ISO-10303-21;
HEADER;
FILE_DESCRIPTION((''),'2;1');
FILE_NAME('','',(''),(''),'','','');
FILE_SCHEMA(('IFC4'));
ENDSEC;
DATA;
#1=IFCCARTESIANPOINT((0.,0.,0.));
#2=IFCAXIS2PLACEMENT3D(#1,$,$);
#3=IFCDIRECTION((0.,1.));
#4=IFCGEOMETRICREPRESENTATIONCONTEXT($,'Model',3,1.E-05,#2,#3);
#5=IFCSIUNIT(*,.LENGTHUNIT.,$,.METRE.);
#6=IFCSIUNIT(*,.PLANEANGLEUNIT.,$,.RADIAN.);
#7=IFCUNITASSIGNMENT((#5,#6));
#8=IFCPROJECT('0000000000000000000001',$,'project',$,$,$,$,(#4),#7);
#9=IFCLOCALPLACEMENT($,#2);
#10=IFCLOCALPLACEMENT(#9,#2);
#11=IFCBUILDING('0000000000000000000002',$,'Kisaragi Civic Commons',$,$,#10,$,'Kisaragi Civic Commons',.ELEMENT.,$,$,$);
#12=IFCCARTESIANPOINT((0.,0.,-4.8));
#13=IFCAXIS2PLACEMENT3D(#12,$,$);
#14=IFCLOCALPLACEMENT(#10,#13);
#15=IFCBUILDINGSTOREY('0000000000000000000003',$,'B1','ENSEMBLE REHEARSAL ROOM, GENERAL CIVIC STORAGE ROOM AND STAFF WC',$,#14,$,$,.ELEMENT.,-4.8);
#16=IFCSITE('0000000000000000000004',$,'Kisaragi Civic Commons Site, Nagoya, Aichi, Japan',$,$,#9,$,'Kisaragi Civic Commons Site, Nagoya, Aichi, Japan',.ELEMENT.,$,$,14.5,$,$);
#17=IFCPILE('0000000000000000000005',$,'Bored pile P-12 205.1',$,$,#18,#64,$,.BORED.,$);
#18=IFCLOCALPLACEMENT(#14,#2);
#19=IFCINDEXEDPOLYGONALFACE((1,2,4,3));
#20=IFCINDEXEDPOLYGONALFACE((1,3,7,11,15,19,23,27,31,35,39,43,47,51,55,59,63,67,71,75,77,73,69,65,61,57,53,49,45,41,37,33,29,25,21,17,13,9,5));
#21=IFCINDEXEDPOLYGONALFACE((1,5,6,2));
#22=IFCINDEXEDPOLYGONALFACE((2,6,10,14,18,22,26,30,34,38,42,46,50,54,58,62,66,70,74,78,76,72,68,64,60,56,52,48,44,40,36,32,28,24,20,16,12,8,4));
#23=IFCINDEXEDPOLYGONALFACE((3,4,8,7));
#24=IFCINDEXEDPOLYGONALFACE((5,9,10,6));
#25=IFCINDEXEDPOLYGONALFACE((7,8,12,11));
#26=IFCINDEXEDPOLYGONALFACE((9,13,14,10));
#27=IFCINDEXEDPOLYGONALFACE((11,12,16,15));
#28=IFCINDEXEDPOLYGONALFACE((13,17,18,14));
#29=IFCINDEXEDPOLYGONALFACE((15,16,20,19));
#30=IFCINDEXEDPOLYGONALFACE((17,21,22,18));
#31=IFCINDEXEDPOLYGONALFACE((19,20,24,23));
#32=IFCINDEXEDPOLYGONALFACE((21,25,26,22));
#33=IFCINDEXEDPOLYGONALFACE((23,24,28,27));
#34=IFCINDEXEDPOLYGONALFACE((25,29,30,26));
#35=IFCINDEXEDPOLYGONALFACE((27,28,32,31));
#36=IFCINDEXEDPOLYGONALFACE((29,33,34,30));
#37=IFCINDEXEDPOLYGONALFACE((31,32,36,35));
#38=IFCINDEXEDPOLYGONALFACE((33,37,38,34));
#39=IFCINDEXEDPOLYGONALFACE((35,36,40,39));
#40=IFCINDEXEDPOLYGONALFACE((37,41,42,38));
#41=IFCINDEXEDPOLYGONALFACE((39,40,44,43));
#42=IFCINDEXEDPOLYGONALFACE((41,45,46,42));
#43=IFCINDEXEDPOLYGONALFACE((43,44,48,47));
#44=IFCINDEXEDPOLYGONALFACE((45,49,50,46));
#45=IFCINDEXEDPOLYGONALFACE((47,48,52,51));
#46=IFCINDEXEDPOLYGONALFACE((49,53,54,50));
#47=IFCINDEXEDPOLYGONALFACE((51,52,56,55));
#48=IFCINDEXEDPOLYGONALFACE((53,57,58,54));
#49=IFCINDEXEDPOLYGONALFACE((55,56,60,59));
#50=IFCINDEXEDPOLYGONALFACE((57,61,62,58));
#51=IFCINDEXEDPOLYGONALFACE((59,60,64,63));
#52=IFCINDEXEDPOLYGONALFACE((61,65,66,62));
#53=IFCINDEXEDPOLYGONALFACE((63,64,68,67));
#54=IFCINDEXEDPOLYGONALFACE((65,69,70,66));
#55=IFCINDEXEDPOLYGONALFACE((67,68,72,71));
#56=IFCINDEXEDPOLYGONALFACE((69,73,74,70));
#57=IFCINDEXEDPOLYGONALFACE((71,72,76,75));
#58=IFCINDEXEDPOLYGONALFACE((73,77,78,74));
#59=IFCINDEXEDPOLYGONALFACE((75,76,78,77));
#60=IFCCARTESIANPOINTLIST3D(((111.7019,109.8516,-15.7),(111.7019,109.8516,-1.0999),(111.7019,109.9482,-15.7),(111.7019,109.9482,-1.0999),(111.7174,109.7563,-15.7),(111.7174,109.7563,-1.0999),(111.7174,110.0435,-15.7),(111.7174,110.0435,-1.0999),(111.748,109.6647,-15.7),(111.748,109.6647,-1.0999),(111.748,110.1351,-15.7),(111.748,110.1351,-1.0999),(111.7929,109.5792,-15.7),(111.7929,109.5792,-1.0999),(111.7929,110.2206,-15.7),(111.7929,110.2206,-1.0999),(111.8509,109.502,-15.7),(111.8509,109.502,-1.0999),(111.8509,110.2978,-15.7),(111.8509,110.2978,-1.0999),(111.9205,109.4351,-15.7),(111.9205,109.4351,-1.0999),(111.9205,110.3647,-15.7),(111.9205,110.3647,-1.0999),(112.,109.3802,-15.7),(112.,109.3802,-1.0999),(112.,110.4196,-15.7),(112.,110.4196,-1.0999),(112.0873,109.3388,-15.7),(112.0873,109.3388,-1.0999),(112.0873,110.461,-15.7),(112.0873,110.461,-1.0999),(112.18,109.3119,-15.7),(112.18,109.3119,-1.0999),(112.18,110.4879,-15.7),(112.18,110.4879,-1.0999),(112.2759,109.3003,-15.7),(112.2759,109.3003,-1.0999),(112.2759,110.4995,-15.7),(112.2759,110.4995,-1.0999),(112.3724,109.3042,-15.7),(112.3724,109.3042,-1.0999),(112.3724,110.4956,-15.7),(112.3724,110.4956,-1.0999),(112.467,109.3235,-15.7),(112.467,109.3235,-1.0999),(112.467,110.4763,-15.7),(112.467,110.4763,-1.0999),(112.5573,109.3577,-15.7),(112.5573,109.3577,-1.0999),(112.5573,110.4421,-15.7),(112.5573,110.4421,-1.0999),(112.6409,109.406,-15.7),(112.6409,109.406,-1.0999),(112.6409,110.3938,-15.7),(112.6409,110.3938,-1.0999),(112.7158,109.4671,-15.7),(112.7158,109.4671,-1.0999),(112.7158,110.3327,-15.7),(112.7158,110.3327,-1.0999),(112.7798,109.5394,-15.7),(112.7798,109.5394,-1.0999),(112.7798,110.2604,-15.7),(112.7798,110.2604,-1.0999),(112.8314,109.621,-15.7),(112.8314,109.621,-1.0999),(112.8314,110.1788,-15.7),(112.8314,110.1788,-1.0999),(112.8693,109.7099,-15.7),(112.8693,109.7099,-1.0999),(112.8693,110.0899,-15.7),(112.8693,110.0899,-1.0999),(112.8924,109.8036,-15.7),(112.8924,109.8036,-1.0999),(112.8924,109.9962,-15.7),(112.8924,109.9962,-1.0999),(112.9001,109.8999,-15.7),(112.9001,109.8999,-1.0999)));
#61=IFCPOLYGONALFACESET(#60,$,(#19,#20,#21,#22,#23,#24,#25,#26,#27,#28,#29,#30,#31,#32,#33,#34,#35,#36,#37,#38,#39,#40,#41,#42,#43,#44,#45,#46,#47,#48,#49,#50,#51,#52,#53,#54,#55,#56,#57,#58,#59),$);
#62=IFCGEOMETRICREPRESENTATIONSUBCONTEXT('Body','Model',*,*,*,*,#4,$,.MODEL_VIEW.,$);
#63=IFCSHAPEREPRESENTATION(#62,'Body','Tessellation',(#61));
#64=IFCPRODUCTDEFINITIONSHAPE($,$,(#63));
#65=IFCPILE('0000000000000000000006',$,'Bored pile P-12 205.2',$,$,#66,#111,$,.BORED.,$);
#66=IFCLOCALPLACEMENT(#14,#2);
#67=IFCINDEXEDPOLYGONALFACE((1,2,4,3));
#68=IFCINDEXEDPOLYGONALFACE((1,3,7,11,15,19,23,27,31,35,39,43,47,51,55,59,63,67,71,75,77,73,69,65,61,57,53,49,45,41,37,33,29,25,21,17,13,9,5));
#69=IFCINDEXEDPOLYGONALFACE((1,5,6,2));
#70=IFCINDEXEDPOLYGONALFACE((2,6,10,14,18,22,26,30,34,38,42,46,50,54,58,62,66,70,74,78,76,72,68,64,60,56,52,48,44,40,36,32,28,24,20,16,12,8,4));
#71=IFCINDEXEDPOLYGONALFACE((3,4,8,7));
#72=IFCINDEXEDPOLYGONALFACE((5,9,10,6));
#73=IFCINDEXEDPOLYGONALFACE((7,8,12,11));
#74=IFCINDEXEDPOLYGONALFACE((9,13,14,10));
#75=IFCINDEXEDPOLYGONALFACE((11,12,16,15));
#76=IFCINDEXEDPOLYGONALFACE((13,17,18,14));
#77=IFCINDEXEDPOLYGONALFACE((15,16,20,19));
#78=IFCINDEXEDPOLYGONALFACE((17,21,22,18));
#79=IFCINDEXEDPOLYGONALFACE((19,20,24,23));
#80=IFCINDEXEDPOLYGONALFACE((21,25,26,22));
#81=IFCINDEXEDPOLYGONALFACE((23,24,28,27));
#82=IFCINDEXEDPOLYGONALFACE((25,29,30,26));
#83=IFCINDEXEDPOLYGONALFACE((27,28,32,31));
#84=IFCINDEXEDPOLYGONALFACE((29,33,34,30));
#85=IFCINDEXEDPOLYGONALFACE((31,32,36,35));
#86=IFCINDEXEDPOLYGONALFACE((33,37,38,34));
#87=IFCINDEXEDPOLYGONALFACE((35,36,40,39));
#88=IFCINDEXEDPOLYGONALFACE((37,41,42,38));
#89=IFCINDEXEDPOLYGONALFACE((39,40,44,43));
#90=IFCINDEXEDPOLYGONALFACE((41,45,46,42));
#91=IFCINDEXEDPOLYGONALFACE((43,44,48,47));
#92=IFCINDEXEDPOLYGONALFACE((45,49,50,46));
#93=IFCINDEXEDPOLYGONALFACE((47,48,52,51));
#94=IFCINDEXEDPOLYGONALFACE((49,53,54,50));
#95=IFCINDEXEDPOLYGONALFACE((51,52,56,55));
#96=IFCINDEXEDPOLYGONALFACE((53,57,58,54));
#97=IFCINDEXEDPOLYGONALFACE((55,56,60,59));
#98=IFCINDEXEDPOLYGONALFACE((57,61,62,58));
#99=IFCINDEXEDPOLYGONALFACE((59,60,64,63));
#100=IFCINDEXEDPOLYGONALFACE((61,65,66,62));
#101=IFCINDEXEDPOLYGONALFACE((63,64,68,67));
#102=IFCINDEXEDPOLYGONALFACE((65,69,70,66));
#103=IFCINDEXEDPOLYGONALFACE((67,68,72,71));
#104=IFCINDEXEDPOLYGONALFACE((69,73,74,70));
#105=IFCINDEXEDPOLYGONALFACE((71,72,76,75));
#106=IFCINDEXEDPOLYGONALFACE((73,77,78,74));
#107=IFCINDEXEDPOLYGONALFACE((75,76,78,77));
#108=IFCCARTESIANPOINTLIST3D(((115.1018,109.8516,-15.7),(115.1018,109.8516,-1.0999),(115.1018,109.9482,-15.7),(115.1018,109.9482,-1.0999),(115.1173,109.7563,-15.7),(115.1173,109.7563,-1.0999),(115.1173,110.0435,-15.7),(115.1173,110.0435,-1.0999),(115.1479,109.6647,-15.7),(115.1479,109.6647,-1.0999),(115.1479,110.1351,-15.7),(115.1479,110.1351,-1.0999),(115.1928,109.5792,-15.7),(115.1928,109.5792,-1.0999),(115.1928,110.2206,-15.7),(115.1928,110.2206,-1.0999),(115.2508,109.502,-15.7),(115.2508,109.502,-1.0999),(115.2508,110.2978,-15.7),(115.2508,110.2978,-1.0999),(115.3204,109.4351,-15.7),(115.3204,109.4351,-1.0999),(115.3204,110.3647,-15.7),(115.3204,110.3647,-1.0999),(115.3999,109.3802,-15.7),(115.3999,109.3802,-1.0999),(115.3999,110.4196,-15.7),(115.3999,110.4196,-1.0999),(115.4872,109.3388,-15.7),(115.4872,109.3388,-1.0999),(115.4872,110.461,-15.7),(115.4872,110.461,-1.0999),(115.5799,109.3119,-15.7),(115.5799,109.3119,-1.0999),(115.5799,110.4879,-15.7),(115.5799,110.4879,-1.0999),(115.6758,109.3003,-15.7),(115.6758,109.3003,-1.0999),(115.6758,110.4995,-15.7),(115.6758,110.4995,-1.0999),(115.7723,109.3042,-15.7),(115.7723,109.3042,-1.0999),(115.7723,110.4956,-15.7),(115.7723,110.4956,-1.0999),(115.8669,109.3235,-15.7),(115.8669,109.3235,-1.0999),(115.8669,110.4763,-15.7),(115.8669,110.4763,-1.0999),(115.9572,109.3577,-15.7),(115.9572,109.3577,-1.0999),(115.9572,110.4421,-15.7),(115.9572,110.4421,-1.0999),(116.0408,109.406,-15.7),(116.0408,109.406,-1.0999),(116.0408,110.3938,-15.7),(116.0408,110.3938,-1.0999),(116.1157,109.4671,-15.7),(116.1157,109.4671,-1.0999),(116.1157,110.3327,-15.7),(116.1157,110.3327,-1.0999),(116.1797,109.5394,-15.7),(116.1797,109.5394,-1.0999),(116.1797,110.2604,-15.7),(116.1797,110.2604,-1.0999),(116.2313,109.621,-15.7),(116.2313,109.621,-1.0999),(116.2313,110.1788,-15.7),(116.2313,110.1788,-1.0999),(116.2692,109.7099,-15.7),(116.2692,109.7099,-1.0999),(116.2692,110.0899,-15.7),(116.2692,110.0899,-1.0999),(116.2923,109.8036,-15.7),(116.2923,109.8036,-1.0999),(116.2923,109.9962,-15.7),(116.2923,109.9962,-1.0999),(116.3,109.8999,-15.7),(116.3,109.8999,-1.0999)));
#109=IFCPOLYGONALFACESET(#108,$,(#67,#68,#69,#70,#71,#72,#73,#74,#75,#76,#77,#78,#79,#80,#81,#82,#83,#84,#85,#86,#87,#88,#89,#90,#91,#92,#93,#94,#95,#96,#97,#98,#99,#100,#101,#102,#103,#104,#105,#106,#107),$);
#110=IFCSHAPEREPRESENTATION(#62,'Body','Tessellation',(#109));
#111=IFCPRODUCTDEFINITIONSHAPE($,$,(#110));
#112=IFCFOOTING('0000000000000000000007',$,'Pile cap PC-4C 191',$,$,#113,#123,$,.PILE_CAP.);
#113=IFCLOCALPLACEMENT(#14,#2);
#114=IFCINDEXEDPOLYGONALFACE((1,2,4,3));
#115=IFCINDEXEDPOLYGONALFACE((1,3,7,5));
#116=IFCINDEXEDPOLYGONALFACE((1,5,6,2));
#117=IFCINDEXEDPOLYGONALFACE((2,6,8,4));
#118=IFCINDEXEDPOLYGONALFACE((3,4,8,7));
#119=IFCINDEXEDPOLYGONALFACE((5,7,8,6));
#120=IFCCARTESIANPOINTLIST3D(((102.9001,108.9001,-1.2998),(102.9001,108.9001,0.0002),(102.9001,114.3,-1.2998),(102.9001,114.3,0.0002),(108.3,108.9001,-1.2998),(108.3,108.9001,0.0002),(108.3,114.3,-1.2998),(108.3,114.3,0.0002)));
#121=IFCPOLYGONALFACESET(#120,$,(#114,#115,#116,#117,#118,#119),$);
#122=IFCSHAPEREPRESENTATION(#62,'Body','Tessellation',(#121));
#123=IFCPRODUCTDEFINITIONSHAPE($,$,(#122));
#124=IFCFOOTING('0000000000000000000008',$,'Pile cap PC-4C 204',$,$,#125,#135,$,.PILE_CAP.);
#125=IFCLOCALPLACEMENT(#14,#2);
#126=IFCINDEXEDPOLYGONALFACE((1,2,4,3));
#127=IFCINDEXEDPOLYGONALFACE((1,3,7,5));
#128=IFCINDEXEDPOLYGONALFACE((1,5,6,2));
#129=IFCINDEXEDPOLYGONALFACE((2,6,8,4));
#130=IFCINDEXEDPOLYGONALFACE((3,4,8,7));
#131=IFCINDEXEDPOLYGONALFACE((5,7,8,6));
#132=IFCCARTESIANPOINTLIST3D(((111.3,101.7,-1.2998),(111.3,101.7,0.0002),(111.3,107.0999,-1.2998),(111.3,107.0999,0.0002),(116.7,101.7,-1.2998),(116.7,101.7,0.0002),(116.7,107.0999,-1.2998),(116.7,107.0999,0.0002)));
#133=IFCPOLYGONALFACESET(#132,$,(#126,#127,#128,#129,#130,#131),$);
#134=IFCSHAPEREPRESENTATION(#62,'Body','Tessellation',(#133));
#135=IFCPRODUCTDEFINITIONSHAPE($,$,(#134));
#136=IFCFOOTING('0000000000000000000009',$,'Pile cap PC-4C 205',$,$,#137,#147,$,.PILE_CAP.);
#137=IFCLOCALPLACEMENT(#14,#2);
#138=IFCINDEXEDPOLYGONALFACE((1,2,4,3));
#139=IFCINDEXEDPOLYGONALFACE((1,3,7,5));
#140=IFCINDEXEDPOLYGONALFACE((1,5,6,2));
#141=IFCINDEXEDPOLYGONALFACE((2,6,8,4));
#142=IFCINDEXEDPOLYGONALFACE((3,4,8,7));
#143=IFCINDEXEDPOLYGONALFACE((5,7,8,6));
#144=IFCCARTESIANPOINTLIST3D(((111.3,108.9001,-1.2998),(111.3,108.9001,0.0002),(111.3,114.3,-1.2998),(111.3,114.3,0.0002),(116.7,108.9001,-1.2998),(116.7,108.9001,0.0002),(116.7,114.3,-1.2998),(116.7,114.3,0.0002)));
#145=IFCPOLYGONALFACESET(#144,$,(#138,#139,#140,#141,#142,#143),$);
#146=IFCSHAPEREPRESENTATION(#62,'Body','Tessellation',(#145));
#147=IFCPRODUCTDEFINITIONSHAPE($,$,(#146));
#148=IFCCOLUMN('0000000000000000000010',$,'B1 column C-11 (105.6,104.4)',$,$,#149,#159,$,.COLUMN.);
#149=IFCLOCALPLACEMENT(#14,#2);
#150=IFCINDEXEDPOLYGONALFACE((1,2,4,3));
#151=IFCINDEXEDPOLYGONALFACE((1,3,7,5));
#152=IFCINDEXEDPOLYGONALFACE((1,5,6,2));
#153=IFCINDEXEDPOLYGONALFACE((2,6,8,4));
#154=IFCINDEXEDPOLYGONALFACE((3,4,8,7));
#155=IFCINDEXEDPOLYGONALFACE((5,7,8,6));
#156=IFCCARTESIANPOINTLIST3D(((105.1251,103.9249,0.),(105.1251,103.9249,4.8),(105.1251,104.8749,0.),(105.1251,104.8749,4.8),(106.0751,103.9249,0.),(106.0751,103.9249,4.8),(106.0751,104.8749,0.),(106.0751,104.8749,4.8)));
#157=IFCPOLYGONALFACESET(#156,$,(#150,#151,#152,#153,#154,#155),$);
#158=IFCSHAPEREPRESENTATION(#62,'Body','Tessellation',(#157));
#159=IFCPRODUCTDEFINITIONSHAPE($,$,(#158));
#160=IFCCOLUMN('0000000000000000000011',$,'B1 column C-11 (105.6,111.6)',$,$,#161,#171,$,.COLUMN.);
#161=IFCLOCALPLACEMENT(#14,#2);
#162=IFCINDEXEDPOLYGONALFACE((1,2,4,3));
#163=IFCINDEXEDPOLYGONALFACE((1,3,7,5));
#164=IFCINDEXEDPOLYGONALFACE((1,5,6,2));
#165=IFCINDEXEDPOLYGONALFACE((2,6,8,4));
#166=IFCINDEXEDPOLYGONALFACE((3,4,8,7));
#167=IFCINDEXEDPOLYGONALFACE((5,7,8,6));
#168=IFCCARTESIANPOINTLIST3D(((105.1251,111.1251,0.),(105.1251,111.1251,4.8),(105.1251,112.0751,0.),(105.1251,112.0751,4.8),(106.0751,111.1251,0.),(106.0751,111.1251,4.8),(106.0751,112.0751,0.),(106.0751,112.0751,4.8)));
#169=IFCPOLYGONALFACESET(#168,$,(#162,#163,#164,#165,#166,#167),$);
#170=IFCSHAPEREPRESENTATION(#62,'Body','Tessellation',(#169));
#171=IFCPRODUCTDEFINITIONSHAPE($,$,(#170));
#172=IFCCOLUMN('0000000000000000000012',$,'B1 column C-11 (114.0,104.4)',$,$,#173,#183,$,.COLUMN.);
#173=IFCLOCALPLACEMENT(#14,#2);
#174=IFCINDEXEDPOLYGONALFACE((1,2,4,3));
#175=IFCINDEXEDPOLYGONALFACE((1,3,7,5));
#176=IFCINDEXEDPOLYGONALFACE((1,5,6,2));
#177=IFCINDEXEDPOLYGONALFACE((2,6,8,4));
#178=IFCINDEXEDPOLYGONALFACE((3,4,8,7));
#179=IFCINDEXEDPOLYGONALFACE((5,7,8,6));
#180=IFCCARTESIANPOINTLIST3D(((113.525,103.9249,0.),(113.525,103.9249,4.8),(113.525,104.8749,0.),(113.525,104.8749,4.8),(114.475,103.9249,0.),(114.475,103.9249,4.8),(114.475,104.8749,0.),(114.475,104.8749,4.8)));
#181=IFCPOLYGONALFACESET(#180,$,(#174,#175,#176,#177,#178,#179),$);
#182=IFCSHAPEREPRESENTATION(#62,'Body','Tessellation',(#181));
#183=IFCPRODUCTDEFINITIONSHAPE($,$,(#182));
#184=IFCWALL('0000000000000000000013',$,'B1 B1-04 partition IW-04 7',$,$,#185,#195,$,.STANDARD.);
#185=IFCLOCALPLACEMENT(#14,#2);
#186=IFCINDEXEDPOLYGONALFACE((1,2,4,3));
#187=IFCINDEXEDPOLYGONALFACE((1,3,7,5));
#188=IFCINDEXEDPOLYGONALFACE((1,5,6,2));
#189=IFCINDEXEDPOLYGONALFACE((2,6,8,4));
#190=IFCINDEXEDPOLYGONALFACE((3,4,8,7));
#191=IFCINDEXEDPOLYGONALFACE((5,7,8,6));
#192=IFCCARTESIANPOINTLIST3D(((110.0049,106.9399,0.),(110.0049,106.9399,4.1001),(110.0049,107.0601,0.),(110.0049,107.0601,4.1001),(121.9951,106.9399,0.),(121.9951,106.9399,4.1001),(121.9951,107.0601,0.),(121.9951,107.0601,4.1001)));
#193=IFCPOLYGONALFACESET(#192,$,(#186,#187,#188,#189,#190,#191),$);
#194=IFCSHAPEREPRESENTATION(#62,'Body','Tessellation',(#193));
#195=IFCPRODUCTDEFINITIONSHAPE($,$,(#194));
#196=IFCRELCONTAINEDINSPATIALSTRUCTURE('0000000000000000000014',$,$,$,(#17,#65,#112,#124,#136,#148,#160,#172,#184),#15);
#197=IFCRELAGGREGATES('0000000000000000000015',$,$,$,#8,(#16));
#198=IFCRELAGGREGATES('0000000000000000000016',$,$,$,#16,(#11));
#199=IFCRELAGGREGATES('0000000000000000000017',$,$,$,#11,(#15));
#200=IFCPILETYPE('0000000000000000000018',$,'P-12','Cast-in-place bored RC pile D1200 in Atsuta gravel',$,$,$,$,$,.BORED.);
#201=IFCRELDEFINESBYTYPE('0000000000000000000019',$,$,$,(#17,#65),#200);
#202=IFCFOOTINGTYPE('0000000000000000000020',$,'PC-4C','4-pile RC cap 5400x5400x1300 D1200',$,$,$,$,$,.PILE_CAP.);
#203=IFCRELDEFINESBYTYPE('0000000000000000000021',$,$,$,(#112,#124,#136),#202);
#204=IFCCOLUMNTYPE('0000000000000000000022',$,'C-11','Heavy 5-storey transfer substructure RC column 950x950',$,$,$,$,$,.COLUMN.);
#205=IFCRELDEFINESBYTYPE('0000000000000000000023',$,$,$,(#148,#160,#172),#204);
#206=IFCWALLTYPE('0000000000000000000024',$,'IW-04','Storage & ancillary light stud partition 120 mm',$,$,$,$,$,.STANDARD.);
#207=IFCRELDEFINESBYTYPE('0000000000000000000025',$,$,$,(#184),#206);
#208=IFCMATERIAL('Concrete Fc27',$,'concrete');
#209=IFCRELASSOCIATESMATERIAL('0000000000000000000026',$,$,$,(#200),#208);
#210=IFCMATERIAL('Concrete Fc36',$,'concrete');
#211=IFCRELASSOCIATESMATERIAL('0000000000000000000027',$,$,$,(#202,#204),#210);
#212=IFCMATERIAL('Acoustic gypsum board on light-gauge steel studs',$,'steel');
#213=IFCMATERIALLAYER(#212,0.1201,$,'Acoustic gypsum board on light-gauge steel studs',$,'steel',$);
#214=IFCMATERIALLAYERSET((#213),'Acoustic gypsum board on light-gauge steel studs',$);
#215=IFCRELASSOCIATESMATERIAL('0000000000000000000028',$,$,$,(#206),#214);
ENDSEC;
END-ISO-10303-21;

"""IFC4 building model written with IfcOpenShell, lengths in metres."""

from ifc_helpers import new_model, si_unit, direction, frame, frame_2d, origin, origin_2d, place, context, subcontext, project, spatial, rectangle, circle, extrude, material, layer, layer_set, material_profile, profile_set, type_object, element, save


model = new_model("IFC4")

# Units and contexts
model_context = context("Model", 3, precision=1e-05, world=origin(), true_north=direction((0.0, 1.0)))
body_context = subcontext(model_context, "Body", "Model", "MODEL_VIEW")
ifc_project = project(units=[si_unit("LENGTHUNIT", "METRE"), si_unit("PLANEANGLEUNIT", "RADIAN")], contexts=[model_context])

# Site, building, storey
site_placement = place(None, origin())
site = spatial("IfcSite", under=ifc_project, at=site_placement, Name="Kisaragi Civic Commons Site, Nagoya, Aichi, Japan", LongName="Kisaragi Civic Commons Site, Nagoya, Aichi, Japan", CompositionType="ELEMENT", RefElevation=14.5)
building_placement = place(site_placement, origin())
building = spatial("IfcBuilding", under=site, at=building_placement, Name="Kisaragi Civic Commons", LongName="Kisaragi Civic Commons", CompositionType="ELEMENT")
storey_placement = place(building_placement, frame((0.0, 0.0, -4.8)))
storey = spatial("IfcBuildingStorey", under=building, at=storey_placement, Name="B1", Description="ENSEMBLE REHEARSAL ROOM, GENERAL CIVIC STORAGE ROOM AND STAFF WC", CompositionType="ELEMENT", Elevation=-4.8)

# Shared definitions
ifc_material_1 = material(Name="Concrete Fc27", Category="concrete")

# Piles
ifc_material_profile_1 = material_profile(ifc_material_1, circle(Radius=0.6001, at=origin_2d()), Name="PILE-D1200", Category="concrete")
ifc_profile_set_1 = profile_set([ifc_material_profile_1], Name="Concrete Fc27")
pile_type = type_object("IfcPileType", Name="P-12", Description="Cast-in-place bored RC pile D1200 in Atsuta gravel", PredefinedType="BORED", material=ifc_profile_set_1)
for number, where, z_axis, x_axis, name in (
    (1, (112.3, 109.8999, -1.0999), (0.0, 0.0, -1.0), (1.0, 0.0, 0.0), "Bored pile P-12 205.1"),
    (2, (115.7, 109.8999, -1.0999), (0.0, 0.0, -1.0), (1.0, 0.0, 0.0), "Bored pile P-12 205.2"),
):
    element("IfcPile", number, at=place(storey_placement, frame(where, z_axis=z_axis, x_axis=x_axis)), inside=storey, type_object=pile_type, Name=name, PredefinedType="BORED", context=body_context, shape_type="SweptSolid", body=[
        extrude(circle(Radius=0.6001, at=origin_2d()), origin(), (0.0, 0.0, 1.0), 14.6001),
    ])

# Footings
ifc_material_2 = material(Name="Concrete Fc36", Category="concrete")
footing_type_1 = type_object("IfcFootingType", Name="PC-4C", Description="4-pile RC cap 5400x5400x1300 D1200", PredefinedType="PILE_CAP", material=ifc_material_2)
for number, where, z_axis, x_axis, name in (
    (3, (105.6001, 111.6001, -1.2998), (0.0, 0.0, 1.0), (1.0, 0.0, 0.0), "Pile cap PC-4C 191"),
    (4, (114.0, 104.3999, -1.2998), (0.0, 0.0, 1.0), (1.0, 0.0, 0.0), "Pile cap PC-4C 204"),
    (5, (114.0, 111.6001, -1.2998), (0.0, 0.0, 1.0), (1.0, 0.0, 0.0), "Pile cap PC-4C 205"),
):
    element("IfcFooting", number, at=place(storey_placement, frame(where, z_axis=z_axis, x_axis=x_axis)), inside=storey, type_object=footing_type_1, Name=name, PredefinedType="PILE_CAP", context=body_context, shape_type="SweptSolid", body=[
        extrude(rectangle(XDim=5.3999, YDim=5.3999, at=origin_2d()), origin(), (0.0, 0.0, 1.0), 1.3),
    ])

# Columns
ifc_material_profile_2 = material_profile(ifc_material_2, rectangle(XDim=0.95, YDim=0.95, at=origin_2d()), Name="RC-950x950", Category="concrete")
ifc_profile_set_2 = profile_set([ifc_material_profile_2], Name="Concrete Fc36")
column_type = type_object("IfcColumnType", Name="C-11", Description="Heavy 5-storey transfer substructure RC column 950x950", PredefinedType="COLUMN", material=ifc_profile_set_2)
for number, where, z_axis, x_axis, name in (
    (6, (105.6001, 104.3999, 0.0), (0.0, 0.0, 1.0), (1.0, 0.0, 0.0), "B1 column C-11 (105.6,104.4)"),
    (7, (105.6001, 111.6001, 0.0), (0.0, 0.0, 1.0), (1.0, 0.0, 0.0), "B1 column C-11 (105.6,111.6)"),
    (8, (114.0, 104.3999, 0.0), (0.0, 0.0, 1.0), (1.0, 0.0, 0.0), "B1 column C-11 (114.0,104.4)"),
):
    element("IfcColumn", number, at=place(storey_placement, frame(where, z_axis=z_axis, x_axis=x_axis)), inside=storey, type_object=column_type, Name=name, PredefinedType="COLUMN", context=body_context, shape_type="SweptSolid", body=[
        extrude(rectangle(XDim=0.95, YDim=0.95, at=origin_2d()), origin(), (0.0, 0.0, 1.0), 4.8),
    ])

# Wall
ifc_material_3 = material(Name="Acoustic gypsum board on light-gauge steel studs", Category="steel")
ifc_layer_1 = layer(ifc_material_3, 0.1201, Name="Acoustic gypsum board on light-gauge steel studs", Category="steel")
ifc_layer_set_1 = layer_set([ifc_layer_1], Name="Acoustic gypsum board on light-gauge steel studs")
wall_type_1 = type_object("IfcWallType", Name="IW-04", Description="Storage & ancillary light stud partition 120 mm", PredefinedType="STANDARD", material=ifc_layer_set_1)
wall_1_placement = place(storey_placement, frame((110.0049, 107.0, 0.0), z_axis=(0.0, 0.0, 1.0), x_axis=(1.0, 0.0, 0.0)))
element("IfcWall", 9, at=wall_1_placement, inside=storey, type_object=wall_type_1, Name="B1 B1-04 partition IW-04 7", PredefinedType="STANDARD", context=body_context, shape_type="SweptSolid", body=[
    extrude(rectangle(XDim=11.9902, YDim=0.1201, at=frame_2d((5.9951, 0.0))), origin(), (0.0, 0.0, 1.0), 4.1001),
])

save(model, "model.ifc")
